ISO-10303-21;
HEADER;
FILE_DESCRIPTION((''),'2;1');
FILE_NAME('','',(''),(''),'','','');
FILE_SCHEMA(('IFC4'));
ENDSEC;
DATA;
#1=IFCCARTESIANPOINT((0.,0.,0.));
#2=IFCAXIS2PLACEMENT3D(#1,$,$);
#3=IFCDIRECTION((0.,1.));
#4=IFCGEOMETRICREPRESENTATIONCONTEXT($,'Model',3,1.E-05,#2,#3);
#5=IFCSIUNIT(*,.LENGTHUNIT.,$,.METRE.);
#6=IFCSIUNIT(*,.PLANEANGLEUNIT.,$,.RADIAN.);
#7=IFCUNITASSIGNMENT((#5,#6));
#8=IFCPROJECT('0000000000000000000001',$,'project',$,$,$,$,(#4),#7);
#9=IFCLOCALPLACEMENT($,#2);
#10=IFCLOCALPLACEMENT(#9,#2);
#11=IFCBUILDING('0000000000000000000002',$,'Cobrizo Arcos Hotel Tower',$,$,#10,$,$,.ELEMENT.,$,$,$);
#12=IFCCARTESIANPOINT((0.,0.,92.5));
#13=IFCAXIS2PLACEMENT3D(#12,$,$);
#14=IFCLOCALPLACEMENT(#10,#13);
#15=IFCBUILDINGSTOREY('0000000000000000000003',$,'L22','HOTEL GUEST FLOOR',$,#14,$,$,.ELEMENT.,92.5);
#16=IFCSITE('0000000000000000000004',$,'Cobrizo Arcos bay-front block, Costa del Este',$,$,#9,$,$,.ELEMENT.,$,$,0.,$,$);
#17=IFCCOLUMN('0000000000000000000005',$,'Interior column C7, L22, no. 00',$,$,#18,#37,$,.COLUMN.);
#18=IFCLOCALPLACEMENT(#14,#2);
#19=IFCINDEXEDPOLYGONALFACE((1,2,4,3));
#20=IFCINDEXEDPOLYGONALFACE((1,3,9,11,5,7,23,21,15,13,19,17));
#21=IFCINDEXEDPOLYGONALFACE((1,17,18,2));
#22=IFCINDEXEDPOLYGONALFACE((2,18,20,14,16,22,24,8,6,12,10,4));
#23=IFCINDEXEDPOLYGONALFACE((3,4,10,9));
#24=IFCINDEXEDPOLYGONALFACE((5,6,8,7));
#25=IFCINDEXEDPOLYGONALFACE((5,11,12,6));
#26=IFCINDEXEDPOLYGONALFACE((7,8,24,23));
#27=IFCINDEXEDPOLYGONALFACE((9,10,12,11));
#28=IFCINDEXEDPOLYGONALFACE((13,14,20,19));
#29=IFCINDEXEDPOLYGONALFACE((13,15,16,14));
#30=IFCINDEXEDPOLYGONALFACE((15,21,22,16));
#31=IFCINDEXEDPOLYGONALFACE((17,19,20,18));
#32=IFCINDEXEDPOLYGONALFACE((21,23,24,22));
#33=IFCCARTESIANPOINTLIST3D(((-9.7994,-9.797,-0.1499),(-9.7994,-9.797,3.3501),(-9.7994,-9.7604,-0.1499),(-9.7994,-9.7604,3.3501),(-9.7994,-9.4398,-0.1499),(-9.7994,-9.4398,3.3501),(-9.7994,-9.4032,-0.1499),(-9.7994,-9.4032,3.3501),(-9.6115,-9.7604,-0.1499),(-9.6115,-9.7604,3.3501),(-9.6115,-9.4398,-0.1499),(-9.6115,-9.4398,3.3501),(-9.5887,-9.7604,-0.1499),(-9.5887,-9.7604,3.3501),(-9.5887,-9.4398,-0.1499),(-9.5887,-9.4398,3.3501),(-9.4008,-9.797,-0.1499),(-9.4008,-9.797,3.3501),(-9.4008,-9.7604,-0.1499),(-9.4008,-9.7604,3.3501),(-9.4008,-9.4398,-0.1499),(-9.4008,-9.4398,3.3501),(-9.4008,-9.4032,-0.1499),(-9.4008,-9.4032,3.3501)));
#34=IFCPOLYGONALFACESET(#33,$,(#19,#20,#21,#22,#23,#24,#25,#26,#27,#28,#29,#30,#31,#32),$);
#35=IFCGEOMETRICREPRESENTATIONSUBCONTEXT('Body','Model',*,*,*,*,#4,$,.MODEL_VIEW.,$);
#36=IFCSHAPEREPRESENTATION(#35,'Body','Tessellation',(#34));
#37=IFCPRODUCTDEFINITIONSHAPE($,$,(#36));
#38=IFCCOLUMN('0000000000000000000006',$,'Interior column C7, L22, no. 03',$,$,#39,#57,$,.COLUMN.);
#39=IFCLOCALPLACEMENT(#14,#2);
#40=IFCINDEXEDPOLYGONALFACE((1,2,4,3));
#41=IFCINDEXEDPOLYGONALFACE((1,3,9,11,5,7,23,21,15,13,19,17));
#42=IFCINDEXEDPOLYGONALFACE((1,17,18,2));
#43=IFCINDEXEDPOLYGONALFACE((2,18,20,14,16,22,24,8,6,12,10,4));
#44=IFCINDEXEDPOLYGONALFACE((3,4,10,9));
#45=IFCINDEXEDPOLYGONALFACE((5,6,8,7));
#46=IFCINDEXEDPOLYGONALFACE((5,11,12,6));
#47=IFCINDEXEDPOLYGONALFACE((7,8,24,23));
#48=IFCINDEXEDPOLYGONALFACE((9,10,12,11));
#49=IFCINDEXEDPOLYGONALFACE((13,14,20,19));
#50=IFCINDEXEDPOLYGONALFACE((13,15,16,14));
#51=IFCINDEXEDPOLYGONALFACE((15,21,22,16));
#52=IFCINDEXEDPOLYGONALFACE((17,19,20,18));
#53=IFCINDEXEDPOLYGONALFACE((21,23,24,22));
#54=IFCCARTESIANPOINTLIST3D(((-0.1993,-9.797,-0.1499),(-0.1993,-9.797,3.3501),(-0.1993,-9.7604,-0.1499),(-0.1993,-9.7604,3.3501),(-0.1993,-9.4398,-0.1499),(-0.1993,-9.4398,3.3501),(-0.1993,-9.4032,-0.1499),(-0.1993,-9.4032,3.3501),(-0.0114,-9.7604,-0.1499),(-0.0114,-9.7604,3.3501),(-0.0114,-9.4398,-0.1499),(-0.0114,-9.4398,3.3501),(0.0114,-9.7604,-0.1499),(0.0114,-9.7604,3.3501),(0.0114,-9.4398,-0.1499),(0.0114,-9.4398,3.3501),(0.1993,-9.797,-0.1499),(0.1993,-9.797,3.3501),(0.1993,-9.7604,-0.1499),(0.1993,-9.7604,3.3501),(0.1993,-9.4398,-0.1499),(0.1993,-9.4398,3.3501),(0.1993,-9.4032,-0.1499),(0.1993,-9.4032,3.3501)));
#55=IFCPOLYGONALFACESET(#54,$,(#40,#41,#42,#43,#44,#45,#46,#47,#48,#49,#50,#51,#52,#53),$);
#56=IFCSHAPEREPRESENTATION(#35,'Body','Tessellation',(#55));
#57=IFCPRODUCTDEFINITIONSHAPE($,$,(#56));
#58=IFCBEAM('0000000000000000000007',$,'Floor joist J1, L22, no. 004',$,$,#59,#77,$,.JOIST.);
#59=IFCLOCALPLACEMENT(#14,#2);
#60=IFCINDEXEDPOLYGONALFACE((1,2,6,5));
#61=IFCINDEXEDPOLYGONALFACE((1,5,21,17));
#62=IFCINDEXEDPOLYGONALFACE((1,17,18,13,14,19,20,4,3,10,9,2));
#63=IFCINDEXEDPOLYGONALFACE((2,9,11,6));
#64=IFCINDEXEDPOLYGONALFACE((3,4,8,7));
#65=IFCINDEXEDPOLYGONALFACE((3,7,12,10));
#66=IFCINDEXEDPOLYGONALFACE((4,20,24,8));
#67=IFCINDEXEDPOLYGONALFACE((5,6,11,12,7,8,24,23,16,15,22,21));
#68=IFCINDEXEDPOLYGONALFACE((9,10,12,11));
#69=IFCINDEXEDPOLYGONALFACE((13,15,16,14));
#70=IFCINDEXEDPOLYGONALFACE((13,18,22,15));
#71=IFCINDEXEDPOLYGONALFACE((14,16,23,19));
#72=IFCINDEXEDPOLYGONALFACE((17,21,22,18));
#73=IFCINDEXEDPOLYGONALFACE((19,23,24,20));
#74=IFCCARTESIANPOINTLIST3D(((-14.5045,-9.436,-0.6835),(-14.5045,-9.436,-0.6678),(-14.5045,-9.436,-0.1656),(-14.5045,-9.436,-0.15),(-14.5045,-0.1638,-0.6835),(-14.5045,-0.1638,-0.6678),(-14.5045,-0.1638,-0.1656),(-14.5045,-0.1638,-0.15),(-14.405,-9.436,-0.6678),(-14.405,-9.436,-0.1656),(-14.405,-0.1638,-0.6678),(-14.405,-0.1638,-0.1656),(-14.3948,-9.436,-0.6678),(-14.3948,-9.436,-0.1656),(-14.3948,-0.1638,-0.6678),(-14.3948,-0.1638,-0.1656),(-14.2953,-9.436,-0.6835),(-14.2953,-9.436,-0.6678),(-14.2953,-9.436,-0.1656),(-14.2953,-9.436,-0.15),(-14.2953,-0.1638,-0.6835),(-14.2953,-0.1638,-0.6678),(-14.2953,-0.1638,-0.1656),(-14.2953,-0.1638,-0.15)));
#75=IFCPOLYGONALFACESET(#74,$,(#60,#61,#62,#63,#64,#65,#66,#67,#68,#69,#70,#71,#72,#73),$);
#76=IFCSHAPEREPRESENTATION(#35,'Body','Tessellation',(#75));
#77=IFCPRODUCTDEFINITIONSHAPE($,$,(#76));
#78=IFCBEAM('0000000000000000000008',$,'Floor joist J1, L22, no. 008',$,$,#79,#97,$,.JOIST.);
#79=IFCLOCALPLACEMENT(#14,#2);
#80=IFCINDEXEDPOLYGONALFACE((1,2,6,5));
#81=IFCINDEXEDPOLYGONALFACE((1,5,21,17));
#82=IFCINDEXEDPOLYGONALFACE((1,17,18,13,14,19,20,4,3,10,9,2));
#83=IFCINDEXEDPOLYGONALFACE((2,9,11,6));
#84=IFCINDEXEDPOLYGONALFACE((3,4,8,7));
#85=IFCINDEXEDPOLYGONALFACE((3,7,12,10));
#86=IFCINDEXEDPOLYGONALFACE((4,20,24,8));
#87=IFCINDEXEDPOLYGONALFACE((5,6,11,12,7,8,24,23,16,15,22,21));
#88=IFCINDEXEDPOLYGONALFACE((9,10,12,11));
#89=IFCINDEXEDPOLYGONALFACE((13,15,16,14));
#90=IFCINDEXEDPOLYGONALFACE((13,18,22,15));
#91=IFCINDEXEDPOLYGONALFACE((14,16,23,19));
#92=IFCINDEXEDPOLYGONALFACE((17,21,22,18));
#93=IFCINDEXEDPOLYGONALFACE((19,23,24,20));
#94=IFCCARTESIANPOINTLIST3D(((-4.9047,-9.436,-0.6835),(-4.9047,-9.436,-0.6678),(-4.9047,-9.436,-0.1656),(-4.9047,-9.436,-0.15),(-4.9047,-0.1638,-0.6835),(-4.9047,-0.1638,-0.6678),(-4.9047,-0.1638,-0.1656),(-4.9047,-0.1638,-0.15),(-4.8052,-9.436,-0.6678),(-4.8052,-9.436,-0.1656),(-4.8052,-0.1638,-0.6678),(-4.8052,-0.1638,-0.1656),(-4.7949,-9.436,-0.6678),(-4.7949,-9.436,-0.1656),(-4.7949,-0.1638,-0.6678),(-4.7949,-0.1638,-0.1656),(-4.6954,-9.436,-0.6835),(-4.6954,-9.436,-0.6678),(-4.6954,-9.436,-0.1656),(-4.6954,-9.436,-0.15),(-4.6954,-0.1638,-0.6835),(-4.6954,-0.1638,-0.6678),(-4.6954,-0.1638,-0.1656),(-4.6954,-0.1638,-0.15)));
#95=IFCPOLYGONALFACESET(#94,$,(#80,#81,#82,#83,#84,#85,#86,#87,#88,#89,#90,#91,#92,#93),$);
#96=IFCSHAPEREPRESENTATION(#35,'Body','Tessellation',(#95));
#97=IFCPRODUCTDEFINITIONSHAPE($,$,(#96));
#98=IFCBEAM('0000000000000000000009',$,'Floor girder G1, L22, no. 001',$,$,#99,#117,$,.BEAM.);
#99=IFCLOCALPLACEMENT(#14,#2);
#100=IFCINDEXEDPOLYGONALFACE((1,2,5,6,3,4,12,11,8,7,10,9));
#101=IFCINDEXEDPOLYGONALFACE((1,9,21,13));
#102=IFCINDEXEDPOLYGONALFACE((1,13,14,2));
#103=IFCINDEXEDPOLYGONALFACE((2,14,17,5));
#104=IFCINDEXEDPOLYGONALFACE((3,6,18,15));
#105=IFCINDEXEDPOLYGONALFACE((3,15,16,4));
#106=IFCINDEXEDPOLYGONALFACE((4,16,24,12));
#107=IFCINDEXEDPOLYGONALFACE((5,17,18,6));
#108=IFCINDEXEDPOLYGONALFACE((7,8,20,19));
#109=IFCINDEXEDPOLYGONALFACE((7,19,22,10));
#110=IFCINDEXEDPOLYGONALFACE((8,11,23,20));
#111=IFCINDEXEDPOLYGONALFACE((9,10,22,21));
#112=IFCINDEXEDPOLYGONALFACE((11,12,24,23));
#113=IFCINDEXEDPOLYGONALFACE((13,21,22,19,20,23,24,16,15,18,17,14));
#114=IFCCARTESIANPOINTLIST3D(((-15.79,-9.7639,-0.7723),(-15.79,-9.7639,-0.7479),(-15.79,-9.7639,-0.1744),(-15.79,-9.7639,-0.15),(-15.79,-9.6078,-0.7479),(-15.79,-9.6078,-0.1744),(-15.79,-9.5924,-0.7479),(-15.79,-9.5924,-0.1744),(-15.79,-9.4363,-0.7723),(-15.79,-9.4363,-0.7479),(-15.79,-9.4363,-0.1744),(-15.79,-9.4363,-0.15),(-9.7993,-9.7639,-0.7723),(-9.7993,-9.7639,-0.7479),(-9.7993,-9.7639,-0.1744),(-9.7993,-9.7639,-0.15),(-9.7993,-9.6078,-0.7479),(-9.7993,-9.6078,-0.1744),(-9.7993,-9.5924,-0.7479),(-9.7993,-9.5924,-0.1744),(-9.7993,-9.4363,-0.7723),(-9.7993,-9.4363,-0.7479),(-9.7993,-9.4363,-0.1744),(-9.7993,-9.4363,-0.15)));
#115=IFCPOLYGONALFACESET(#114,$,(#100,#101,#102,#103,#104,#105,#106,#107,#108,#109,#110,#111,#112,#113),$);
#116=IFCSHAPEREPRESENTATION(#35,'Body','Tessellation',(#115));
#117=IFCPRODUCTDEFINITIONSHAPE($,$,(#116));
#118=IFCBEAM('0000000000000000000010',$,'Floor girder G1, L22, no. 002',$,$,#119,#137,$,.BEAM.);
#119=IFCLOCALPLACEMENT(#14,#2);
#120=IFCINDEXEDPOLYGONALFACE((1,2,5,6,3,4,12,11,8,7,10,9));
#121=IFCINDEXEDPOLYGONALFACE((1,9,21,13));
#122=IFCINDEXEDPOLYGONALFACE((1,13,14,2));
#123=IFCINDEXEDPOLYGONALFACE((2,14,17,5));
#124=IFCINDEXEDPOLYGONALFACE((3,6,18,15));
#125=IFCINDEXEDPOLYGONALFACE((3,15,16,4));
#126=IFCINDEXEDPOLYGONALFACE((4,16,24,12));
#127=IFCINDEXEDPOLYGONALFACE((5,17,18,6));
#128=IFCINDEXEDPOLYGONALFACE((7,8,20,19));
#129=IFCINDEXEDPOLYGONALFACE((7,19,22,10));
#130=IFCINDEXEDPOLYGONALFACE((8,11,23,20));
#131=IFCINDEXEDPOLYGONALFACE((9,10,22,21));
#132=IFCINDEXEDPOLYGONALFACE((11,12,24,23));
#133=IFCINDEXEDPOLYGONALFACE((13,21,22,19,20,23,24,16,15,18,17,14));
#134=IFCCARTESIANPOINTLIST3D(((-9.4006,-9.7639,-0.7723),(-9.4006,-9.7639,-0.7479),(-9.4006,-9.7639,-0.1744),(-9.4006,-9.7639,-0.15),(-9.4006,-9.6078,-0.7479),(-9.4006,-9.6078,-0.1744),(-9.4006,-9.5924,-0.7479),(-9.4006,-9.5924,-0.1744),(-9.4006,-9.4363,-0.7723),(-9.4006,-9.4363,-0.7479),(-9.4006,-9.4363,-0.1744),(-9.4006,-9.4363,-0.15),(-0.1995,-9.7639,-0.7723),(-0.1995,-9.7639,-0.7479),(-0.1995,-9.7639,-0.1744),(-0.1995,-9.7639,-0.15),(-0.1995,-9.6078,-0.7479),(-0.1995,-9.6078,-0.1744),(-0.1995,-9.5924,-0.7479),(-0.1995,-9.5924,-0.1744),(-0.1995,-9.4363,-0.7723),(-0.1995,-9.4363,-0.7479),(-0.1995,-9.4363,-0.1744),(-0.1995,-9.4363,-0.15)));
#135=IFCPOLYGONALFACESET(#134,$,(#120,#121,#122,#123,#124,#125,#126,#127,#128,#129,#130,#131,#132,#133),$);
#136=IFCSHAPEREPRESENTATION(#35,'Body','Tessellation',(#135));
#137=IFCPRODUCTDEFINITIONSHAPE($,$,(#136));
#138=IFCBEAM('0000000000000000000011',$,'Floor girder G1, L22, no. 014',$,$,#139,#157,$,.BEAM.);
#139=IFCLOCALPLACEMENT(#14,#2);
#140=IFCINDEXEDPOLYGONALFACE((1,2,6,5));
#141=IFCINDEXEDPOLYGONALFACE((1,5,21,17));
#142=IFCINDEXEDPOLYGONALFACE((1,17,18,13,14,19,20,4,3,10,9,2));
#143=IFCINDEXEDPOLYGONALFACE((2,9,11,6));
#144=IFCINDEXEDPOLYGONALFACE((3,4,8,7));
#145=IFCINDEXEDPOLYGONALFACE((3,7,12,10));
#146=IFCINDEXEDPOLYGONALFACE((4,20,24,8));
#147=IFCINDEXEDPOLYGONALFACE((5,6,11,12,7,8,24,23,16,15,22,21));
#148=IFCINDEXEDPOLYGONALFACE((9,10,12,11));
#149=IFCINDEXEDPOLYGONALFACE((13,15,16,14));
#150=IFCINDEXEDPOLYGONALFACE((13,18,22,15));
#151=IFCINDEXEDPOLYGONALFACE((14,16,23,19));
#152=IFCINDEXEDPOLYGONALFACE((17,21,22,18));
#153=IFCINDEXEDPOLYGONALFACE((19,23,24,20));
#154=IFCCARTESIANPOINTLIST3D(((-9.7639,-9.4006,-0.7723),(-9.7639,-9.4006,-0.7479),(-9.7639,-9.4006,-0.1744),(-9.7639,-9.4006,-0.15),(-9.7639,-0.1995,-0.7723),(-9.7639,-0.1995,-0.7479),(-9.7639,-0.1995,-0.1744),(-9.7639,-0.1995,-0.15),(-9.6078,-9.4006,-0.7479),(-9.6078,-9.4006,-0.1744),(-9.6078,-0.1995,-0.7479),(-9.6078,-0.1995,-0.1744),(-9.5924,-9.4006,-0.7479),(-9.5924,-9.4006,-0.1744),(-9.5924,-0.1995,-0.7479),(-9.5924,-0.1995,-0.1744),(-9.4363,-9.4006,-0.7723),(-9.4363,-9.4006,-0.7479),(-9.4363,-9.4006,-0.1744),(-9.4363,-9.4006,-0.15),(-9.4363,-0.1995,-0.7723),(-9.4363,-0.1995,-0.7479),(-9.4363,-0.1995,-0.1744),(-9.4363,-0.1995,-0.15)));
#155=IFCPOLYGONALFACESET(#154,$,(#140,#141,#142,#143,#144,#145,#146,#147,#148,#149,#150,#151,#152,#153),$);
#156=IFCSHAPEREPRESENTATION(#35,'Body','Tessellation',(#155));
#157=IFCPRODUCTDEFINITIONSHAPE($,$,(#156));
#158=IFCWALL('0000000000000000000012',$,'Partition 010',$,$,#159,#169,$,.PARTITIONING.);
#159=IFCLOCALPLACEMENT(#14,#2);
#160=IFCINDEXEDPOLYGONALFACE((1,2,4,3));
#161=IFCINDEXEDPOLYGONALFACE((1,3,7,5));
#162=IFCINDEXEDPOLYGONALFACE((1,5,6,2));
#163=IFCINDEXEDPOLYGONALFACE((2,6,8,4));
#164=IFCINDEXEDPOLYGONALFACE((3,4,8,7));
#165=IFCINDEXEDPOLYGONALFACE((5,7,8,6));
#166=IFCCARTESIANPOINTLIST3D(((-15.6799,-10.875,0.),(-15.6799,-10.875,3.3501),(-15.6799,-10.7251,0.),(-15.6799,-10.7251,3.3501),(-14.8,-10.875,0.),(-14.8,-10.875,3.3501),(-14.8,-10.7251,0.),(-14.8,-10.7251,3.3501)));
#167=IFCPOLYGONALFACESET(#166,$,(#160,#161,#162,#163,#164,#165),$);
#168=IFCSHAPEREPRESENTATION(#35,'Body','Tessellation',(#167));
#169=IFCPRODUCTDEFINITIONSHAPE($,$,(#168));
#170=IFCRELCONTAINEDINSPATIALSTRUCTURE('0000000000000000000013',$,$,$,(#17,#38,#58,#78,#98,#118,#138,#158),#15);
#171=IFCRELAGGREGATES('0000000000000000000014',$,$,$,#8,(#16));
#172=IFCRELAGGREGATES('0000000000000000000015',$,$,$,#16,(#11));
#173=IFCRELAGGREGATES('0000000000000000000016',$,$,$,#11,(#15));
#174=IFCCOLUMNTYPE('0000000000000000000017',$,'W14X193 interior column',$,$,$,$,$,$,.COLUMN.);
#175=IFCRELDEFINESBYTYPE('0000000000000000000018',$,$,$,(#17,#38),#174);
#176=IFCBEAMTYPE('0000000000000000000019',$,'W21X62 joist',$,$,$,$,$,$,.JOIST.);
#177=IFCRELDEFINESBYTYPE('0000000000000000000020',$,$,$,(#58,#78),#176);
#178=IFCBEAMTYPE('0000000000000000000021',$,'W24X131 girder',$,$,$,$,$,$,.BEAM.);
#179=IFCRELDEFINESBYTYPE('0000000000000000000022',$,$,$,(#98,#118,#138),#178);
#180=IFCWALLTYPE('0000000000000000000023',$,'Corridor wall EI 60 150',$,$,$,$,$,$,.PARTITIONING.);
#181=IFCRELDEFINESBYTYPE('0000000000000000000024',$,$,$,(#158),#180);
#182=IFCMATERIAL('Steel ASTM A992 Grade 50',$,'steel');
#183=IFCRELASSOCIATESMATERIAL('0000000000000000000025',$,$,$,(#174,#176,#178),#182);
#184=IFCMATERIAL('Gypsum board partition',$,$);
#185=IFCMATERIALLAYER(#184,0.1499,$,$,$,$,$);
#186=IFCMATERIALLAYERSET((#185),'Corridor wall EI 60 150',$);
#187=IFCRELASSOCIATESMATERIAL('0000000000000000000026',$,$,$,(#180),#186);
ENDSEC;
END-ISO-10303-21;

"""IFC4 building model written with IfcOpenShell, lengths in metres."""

from ifc_helpers import new_model, si_unit, direction, frame, frame_2d, origin, origin_2d, place, context, subcontext, project, spatial, rectangle, i_section, extrude, material, layer, layer_set, material_profile, profile_set, type_object, element, save


model = new_model("IFC4")

# Units and contexts
model_context = context("Model", 3, precision=1e-05, world=origin(), true_north=direction((0.0, 1.0)))
body_context = subcontext(model_context, "Body", "Model", "MODEL_VIEW")
ifc_project = project(units=[si_unit("LENGTHUNIT", "METRE"), si_unit("PLANEANGLEUNIT", "RADIAN")], contexts=[model_context])

# Site, building, storey
site_placement = place(None, origin())
site = spatial("IfcSite", under=ifc_project, at=site_placement, Name="Cobrizo Arcos bay-front block, Costa del Este", CompositionType="ELEMENT", RefElevation=0.0)
building_placement = place(site_placement, origin())
building = spatial("IfcBuilding", under=site, at=building_placement, Name="Cobrizo Arcos Hotel Tower", CompositionType="ELEMENT")
storey_placement = place(building_placement, frame((0.0, 0.0, 92.5)))
storey = spatial("IfcBuildingStorey", under=building, at=storey_placement, Name="L22", Description="HOTEL GUEST FLOOR", CompositionType="ELEMENT", Elevation=92.5)

# Columns
ifc_material_1 = material(Name="Steel ASTM A992 Grade 50", Category="steel")
ifc_material_profile_1 = material_profile(ifc_material_1, i_section(OverallWidth=0.3987, OverallDepth=0.3938, WebThickness=0.0227, FlangeThickness=0.0366, at=origin_2d()), Name="W14X193")
ifc_profile_set_1 = profile_set([ifc_material_profile_1], Name="Steel ASTM A992 Grade 50")
column_type = type_object("IfcColumnType", Name="W14X193 interior column", PredefinedType="COLUMN", material=ifc_profile_set_1)
for number, where, z_axis, x_axis, name in (
    (1, (-9.6001, -9.6001, -0.1499), (0.0, 0.0, 1.0), (1.0, 0.0, 0.0), "Interior column C7, L22, no. 00"),
    (2, (0.0, -9.6001, -0.1499), (0.0, 0.0, 1.0), (1.0, 0.0, 0.0), "Interior column C7, L22, no. 03"),
):
    element("IfcColumn", number, at=place(storey_placement, frame(where, z_axis=z_axis, x_axis=x_axis)), inside=storey, type_object=column_type, Name=name, PredefinedType="COLUMN", context=body_context, shape_type="SweptSolid", body=[
        extrude(i_section(OverallWidth=0.3987, OverallDepth=0.3938, WebThickness=0.0227, FlangeThickness=0.0366, at=origin_2d()), origin(), (0.0, 0.0, 1.0), 3.5),
    ])

# Beams
ifc_material_profile_2 = material_profile(ifc_material_1, i_section(OverallWidth=0.2092, OverallDepth=0.5334, WebThickness=0.0103, FlangeThickness=0.0156, at=origin_2d()), Name="W21X62")
ifc_profile_set_2 = profile_set([ifc_material_profile_2], Name="Steel ASTM A992 Grade 50")
beam_type_1 = type_object("IfcBeamType", Name="W21X62 joist", PredefinedType="JOIST", material=ifc_profile_set_2)
for number, where, z_axis, x_axis, name in (
    (3, (-14.3999, -9.436, -0.4167), (0.0, 1.0, 0.0), (-1.0, 0.0, 0.0), "Floor joist J1, L22, no. 004"),
    (4, (-4.8, -9.436, -0.4167), (0.0, 1.0, 0.0), (-1.0, 0.0, 0.0), "Floor joist J1, L22, no. 008"),
):
    element("IfcBeam", number, at=place(storey_placement, frame(where, z_axis=z_axis, x_axis=x_axis)), inside=storey, type_object=beam_type_1, Name=name, PredefinedType="JOIST", context=body_context, shape_type="SweptSolid", body=[
        extrude(i_section(OverallWidth=0.2092, OverallDepth=0.5334, WebThickness=0.0103, FlangeThickness=0.0156, at=origin_2d()), origin(), (0.0, 0.0, 1.0), 9.2722),
    ])
ifc_material_profile_3 = material_profile(ifc_material_1, i_section(OverallWidth=0.3276, OverallDepth=0.6223, WebThickness=0.0154, FlangeThickness=0.0244, at=origin_2d()), Name="W24X131")
ifc_profile_set_3 = profile_set([ifc_material_profile_3], Name="Steel ASTM A992 Grade 50")
beam_type_2 = type_object("IfcBeamType", Name="W24X131 girder", PredefinedType="BEAM", material=ifc_profile_set_3)
beam_placement = place(storey_placement, frame((-15.79, -9.6001, -0.4612), z_axis=(1.0, 0.0, 0.0), x_axis=(0.0, 1.0, 0.0)))
element("IfcBeam", 5, at=beam_placement, inside=storey, type_object=beam_type_2, Name="Floor girder G1, L22, no. 001", PredefinedType="BEAM", context=body_context, shape_type="SweptSolid", body=[
    extrude(i_section(OverallWidth=0.3276, OverallDepth=0.6223, WebThickness=0.0154, FlangeThickness=0.0244, at=origin_2d()), origin(), (0.0, 0.0, 1.0), 5.9907),
])
for number, where, z_axis, x_axis, name in (
    (6, (-9.4006, -9.6001, -0.4612), (1.0, 0.0, 0.0), (0.0, 1.0, 0.0), "Floor girder G1, L22, no. 002"),
    (7, (-9.6001, -9.4006, -0.4612), (0.0, 1.0, 0.0), (-1.0, 0.0, 0.0), "Floor girder G1, L22, no. 014"),
):
    element("IfcBeam", number, at=place(storey_placement, frame(where, z_axis=z_axis, x_axis=x_axis)), inside=storey, type_object=beam_type_2, Name=name, PredefinedType="BEAM", context=body_context, shape_type="SweptSolid", body=[
        extrude(i_section(OverallWidth=0.3276, OverallDepth=0.6223, WebThickness=0.0154, FlangeThickness=0.0244, at=origin_2d()), origin(), (0.0, 0.0, 1.0), 9.2012),
    ])

# Wall
ifc_material_2 = material(Name="Gypsum board partition")
ifc_layer_1 = layer(ifc_material_2, 0.1499)
ifc_layer_set_1 = layer_set([ifc_layer_1], Name="Corridor wall EI 60 150")
wall_type_1 = type_object("IfcWallType", Name="Corridor wall EI 60 150", PredefinedType="PARTITIONING", material=ifc_layer_set_1)
wall_1_placement = place(storey_placement, frame((-15.6799, -10.8, 0.0), z_axis=(0.0, 0.0, 1.0), x_axis=(1.0, 0.0, 0.0)))
element("IfcWall", 8, at=wall_1_placement, inside=storey, type_object=wall_type_1, Name="Partition 010", PredefinedType="PARTITIONING", context=body_context, shape_type="SweptSolid", body=[
    extrude(rectangle(XDim=0.8799, YDim=0.1499, at=frame_2d((0.4399, 0.0))), origin(), (0.0, 0.0, 1.0), 3.3501),
])

save(model, "model.ifc")
